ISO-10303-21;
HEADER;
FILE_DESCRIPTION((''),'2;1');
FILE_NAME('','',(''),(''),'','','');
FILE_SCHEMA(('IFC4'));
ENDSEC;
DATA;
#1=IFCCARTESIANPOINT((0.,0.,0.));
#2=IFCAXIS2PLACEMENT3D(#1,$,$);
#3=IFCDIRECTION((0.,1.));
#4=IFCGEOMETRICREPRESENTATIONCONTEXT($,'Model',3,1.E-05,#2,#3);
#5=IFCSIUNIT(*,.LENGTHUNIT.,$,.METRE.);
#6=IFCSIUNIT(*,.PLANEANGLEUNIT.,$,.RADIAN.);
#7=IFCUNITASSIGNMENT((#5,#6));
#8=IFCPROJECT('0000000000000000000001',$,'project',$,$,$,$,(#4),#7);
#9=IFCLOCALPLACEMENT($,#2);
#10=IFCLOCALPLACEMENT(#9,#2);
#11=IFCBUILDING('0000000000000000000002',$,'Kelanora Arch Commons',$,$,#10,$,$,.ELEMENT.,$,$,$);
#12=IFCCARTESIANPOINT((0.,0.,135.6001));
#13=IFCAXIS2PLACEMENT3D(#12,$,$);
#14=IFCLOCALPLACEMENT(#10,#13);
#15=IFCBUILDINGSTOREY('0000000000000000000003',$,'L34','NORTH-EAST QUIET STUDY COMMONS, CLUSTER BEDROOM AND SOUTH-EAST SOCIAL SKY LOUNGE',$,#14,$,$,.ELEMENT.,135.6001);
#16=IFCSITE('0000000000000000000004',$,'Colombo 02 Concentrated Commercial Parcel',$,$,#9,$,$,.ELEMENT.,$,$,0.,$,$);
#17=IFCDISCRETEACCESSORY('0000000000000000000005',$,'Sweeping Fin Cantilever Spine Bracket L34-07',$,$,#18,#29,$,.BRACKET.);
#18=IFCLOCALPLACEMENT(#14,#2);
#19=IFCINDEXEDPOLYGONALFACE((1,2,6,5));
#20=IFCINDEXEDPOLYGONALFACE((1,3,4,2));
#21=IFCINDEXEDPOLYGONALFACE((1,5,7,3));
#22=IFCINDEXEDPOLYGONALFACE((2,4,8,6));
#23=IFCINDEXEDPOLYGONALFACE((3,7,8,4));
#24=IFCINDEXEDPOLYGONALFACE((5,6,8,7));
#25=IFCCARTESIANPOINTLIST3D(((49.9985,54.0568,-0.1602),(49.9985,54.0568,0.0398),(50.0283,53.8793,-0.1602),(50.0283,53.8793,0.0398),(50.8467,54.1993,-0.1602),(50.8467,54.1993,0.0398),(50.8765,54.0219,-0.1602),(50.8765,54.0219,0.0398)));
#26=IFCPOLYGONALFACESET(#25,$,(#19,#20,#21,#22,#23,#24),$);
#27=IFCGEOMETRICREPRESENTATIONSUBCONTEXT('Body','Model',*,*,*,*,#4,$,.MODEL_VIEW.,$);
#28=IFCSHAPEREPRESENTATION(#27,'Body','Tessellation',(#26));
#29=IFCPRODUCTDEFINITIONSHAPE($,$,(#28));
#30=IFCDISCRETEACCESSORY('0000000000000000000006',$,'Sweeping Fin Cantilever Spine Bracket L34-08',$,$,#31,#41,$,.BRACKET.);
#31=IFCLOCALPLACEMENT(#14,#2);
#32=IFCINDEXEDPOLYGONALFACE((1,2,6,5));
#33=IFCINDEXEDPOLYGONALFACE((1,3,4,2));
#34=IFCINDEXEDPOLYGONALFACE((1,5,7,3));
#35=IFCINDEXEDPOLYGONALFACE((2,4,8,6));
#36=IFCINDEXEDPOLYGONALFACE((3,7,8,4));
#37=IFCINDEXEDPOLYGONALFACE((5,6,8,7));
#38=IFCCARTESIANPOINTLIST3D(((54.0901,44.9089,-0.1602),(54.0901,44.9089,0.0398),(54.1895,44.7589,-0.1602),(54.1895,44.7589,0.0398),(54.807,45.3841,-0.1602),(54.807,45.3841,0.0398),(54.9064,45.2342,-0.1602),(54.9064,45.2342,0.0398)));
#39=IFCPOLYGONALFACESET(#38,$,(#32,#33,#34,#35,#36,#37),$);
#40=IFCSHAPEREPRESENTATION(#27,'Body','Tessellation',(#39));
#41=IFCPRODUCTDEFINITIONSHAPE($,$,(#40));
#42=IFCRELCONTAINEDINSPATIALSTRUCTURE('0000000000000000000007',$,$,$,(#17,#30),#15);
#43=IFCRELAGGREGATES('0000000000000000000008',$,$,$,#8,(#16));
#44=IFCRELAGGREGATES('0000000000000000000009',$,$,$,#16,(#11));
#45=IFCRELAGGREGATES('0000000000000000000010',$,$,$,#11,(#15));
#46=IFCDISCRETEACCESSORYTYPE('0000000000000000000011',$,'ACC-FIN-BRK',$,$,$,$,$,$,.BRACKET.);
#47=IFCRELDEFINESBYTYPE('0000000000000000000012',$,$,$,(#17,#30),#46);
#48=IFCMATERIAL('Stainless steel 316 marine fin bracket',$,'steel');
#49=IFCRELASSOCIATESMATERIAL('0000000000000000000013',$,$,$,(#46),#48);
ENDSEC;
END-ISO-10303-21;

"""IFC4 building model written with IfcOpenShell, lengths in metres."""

from ifc_helpers import new_model, si_unit, direction, frame, origin, origin_2d, place, context, subcontext, project, spatial, rectangle, extrude, source, transform, mapped, material, type_object, element, save


model = new_model("IFC4")

# Units and contexts
model_context = context("Model", 3, precision=1e-05, world=origin(), true_north=direction((0.0, 1.0)))
body_context = subcontext(model_context, "Body", "Model", "MODEL_VIEW")
ifc_project = project(units=[si_unit("LENGTHUNIT", "METRE"), si_unit("PLANEANGLEUNIT", "RADIAN")], contexts=[model_context])

# Site, building, storey
site_placement = place(None, origin())
site = spatial("IfcSite", under=ifc_project, at=site_placement, Name="Colombo 02 Concentrated Commercial Parcel", CompositionType="ELEMENT", RefElevation=0.0)
building_placement = place(site_placement, origin())
building = spatial("IfcBuilding", under=site, at=building_placement, Name="Kelanora Arch Commons", CompositionType="ELEMENT")
storey_placement = place(building_placement, frame((0.0, 0.0, 135.6001)))
storey = spatial("IfcBuildingStorey", under=building, at=storey_placement, Name="L34", Description="NORTH-EAST QUIET STUDY COMMONS, CLUSTER BEDROOM AND SOUTH-EAST SOCIAL SKY LOUNGE", CompositionType="ELEMENT", Elevation=135.6001)

# Discrete accessories
ifc_material_1 = material(Name="Stainless steel 316 marine fin bracket", Category="steel")
discrete_accessory_type = type_object("IfcDiscreteAccessoryType", Name="ACC-FIN-BRK", PredefinedType="BRACKET", material=ifc_material_1)
shared_shape_1 = source(origin(), body_context, "Body", "SweptSolid", [
    extrude(rectangle(XDim=0.8601, YDim=0.1799, at=origin_2d()), origin(), (0.0, 0.0, 1.0), 0.2),
])
for number, where, z_axis, x_axis, name in (
    (1, (50.4375, 54.0393, -0.1602), (0.0, 0.0, 1.0), (-0.98617, -0.165736, 0.0), "Sweeping Fin Cantilever Spine Bracket L34-07"),
    (2, (54.4983, 45.0715, -0.1602), (0.0, 0.0, 1.0), (-0.8335, -0.552519, 0.0), "Sweeping Fin Cantilever Spine Bracket L34-08"),
):
    element("IfcDiscreteAccessory", number, at=place(storey_placement, frame(where, z_axis=z_axis, x_axis=x_axis)), inside=storey, type_object=discrete_accessory_type, Name=name, PredefinedType="BRACKET", context=body_context, shape_type="MappedRepresentation", body=[
        mapped(shared_shape_1, transform((0.0, 0.0, 0.0), scale=1.0)),
    ])

save(model, "model.ifc")
